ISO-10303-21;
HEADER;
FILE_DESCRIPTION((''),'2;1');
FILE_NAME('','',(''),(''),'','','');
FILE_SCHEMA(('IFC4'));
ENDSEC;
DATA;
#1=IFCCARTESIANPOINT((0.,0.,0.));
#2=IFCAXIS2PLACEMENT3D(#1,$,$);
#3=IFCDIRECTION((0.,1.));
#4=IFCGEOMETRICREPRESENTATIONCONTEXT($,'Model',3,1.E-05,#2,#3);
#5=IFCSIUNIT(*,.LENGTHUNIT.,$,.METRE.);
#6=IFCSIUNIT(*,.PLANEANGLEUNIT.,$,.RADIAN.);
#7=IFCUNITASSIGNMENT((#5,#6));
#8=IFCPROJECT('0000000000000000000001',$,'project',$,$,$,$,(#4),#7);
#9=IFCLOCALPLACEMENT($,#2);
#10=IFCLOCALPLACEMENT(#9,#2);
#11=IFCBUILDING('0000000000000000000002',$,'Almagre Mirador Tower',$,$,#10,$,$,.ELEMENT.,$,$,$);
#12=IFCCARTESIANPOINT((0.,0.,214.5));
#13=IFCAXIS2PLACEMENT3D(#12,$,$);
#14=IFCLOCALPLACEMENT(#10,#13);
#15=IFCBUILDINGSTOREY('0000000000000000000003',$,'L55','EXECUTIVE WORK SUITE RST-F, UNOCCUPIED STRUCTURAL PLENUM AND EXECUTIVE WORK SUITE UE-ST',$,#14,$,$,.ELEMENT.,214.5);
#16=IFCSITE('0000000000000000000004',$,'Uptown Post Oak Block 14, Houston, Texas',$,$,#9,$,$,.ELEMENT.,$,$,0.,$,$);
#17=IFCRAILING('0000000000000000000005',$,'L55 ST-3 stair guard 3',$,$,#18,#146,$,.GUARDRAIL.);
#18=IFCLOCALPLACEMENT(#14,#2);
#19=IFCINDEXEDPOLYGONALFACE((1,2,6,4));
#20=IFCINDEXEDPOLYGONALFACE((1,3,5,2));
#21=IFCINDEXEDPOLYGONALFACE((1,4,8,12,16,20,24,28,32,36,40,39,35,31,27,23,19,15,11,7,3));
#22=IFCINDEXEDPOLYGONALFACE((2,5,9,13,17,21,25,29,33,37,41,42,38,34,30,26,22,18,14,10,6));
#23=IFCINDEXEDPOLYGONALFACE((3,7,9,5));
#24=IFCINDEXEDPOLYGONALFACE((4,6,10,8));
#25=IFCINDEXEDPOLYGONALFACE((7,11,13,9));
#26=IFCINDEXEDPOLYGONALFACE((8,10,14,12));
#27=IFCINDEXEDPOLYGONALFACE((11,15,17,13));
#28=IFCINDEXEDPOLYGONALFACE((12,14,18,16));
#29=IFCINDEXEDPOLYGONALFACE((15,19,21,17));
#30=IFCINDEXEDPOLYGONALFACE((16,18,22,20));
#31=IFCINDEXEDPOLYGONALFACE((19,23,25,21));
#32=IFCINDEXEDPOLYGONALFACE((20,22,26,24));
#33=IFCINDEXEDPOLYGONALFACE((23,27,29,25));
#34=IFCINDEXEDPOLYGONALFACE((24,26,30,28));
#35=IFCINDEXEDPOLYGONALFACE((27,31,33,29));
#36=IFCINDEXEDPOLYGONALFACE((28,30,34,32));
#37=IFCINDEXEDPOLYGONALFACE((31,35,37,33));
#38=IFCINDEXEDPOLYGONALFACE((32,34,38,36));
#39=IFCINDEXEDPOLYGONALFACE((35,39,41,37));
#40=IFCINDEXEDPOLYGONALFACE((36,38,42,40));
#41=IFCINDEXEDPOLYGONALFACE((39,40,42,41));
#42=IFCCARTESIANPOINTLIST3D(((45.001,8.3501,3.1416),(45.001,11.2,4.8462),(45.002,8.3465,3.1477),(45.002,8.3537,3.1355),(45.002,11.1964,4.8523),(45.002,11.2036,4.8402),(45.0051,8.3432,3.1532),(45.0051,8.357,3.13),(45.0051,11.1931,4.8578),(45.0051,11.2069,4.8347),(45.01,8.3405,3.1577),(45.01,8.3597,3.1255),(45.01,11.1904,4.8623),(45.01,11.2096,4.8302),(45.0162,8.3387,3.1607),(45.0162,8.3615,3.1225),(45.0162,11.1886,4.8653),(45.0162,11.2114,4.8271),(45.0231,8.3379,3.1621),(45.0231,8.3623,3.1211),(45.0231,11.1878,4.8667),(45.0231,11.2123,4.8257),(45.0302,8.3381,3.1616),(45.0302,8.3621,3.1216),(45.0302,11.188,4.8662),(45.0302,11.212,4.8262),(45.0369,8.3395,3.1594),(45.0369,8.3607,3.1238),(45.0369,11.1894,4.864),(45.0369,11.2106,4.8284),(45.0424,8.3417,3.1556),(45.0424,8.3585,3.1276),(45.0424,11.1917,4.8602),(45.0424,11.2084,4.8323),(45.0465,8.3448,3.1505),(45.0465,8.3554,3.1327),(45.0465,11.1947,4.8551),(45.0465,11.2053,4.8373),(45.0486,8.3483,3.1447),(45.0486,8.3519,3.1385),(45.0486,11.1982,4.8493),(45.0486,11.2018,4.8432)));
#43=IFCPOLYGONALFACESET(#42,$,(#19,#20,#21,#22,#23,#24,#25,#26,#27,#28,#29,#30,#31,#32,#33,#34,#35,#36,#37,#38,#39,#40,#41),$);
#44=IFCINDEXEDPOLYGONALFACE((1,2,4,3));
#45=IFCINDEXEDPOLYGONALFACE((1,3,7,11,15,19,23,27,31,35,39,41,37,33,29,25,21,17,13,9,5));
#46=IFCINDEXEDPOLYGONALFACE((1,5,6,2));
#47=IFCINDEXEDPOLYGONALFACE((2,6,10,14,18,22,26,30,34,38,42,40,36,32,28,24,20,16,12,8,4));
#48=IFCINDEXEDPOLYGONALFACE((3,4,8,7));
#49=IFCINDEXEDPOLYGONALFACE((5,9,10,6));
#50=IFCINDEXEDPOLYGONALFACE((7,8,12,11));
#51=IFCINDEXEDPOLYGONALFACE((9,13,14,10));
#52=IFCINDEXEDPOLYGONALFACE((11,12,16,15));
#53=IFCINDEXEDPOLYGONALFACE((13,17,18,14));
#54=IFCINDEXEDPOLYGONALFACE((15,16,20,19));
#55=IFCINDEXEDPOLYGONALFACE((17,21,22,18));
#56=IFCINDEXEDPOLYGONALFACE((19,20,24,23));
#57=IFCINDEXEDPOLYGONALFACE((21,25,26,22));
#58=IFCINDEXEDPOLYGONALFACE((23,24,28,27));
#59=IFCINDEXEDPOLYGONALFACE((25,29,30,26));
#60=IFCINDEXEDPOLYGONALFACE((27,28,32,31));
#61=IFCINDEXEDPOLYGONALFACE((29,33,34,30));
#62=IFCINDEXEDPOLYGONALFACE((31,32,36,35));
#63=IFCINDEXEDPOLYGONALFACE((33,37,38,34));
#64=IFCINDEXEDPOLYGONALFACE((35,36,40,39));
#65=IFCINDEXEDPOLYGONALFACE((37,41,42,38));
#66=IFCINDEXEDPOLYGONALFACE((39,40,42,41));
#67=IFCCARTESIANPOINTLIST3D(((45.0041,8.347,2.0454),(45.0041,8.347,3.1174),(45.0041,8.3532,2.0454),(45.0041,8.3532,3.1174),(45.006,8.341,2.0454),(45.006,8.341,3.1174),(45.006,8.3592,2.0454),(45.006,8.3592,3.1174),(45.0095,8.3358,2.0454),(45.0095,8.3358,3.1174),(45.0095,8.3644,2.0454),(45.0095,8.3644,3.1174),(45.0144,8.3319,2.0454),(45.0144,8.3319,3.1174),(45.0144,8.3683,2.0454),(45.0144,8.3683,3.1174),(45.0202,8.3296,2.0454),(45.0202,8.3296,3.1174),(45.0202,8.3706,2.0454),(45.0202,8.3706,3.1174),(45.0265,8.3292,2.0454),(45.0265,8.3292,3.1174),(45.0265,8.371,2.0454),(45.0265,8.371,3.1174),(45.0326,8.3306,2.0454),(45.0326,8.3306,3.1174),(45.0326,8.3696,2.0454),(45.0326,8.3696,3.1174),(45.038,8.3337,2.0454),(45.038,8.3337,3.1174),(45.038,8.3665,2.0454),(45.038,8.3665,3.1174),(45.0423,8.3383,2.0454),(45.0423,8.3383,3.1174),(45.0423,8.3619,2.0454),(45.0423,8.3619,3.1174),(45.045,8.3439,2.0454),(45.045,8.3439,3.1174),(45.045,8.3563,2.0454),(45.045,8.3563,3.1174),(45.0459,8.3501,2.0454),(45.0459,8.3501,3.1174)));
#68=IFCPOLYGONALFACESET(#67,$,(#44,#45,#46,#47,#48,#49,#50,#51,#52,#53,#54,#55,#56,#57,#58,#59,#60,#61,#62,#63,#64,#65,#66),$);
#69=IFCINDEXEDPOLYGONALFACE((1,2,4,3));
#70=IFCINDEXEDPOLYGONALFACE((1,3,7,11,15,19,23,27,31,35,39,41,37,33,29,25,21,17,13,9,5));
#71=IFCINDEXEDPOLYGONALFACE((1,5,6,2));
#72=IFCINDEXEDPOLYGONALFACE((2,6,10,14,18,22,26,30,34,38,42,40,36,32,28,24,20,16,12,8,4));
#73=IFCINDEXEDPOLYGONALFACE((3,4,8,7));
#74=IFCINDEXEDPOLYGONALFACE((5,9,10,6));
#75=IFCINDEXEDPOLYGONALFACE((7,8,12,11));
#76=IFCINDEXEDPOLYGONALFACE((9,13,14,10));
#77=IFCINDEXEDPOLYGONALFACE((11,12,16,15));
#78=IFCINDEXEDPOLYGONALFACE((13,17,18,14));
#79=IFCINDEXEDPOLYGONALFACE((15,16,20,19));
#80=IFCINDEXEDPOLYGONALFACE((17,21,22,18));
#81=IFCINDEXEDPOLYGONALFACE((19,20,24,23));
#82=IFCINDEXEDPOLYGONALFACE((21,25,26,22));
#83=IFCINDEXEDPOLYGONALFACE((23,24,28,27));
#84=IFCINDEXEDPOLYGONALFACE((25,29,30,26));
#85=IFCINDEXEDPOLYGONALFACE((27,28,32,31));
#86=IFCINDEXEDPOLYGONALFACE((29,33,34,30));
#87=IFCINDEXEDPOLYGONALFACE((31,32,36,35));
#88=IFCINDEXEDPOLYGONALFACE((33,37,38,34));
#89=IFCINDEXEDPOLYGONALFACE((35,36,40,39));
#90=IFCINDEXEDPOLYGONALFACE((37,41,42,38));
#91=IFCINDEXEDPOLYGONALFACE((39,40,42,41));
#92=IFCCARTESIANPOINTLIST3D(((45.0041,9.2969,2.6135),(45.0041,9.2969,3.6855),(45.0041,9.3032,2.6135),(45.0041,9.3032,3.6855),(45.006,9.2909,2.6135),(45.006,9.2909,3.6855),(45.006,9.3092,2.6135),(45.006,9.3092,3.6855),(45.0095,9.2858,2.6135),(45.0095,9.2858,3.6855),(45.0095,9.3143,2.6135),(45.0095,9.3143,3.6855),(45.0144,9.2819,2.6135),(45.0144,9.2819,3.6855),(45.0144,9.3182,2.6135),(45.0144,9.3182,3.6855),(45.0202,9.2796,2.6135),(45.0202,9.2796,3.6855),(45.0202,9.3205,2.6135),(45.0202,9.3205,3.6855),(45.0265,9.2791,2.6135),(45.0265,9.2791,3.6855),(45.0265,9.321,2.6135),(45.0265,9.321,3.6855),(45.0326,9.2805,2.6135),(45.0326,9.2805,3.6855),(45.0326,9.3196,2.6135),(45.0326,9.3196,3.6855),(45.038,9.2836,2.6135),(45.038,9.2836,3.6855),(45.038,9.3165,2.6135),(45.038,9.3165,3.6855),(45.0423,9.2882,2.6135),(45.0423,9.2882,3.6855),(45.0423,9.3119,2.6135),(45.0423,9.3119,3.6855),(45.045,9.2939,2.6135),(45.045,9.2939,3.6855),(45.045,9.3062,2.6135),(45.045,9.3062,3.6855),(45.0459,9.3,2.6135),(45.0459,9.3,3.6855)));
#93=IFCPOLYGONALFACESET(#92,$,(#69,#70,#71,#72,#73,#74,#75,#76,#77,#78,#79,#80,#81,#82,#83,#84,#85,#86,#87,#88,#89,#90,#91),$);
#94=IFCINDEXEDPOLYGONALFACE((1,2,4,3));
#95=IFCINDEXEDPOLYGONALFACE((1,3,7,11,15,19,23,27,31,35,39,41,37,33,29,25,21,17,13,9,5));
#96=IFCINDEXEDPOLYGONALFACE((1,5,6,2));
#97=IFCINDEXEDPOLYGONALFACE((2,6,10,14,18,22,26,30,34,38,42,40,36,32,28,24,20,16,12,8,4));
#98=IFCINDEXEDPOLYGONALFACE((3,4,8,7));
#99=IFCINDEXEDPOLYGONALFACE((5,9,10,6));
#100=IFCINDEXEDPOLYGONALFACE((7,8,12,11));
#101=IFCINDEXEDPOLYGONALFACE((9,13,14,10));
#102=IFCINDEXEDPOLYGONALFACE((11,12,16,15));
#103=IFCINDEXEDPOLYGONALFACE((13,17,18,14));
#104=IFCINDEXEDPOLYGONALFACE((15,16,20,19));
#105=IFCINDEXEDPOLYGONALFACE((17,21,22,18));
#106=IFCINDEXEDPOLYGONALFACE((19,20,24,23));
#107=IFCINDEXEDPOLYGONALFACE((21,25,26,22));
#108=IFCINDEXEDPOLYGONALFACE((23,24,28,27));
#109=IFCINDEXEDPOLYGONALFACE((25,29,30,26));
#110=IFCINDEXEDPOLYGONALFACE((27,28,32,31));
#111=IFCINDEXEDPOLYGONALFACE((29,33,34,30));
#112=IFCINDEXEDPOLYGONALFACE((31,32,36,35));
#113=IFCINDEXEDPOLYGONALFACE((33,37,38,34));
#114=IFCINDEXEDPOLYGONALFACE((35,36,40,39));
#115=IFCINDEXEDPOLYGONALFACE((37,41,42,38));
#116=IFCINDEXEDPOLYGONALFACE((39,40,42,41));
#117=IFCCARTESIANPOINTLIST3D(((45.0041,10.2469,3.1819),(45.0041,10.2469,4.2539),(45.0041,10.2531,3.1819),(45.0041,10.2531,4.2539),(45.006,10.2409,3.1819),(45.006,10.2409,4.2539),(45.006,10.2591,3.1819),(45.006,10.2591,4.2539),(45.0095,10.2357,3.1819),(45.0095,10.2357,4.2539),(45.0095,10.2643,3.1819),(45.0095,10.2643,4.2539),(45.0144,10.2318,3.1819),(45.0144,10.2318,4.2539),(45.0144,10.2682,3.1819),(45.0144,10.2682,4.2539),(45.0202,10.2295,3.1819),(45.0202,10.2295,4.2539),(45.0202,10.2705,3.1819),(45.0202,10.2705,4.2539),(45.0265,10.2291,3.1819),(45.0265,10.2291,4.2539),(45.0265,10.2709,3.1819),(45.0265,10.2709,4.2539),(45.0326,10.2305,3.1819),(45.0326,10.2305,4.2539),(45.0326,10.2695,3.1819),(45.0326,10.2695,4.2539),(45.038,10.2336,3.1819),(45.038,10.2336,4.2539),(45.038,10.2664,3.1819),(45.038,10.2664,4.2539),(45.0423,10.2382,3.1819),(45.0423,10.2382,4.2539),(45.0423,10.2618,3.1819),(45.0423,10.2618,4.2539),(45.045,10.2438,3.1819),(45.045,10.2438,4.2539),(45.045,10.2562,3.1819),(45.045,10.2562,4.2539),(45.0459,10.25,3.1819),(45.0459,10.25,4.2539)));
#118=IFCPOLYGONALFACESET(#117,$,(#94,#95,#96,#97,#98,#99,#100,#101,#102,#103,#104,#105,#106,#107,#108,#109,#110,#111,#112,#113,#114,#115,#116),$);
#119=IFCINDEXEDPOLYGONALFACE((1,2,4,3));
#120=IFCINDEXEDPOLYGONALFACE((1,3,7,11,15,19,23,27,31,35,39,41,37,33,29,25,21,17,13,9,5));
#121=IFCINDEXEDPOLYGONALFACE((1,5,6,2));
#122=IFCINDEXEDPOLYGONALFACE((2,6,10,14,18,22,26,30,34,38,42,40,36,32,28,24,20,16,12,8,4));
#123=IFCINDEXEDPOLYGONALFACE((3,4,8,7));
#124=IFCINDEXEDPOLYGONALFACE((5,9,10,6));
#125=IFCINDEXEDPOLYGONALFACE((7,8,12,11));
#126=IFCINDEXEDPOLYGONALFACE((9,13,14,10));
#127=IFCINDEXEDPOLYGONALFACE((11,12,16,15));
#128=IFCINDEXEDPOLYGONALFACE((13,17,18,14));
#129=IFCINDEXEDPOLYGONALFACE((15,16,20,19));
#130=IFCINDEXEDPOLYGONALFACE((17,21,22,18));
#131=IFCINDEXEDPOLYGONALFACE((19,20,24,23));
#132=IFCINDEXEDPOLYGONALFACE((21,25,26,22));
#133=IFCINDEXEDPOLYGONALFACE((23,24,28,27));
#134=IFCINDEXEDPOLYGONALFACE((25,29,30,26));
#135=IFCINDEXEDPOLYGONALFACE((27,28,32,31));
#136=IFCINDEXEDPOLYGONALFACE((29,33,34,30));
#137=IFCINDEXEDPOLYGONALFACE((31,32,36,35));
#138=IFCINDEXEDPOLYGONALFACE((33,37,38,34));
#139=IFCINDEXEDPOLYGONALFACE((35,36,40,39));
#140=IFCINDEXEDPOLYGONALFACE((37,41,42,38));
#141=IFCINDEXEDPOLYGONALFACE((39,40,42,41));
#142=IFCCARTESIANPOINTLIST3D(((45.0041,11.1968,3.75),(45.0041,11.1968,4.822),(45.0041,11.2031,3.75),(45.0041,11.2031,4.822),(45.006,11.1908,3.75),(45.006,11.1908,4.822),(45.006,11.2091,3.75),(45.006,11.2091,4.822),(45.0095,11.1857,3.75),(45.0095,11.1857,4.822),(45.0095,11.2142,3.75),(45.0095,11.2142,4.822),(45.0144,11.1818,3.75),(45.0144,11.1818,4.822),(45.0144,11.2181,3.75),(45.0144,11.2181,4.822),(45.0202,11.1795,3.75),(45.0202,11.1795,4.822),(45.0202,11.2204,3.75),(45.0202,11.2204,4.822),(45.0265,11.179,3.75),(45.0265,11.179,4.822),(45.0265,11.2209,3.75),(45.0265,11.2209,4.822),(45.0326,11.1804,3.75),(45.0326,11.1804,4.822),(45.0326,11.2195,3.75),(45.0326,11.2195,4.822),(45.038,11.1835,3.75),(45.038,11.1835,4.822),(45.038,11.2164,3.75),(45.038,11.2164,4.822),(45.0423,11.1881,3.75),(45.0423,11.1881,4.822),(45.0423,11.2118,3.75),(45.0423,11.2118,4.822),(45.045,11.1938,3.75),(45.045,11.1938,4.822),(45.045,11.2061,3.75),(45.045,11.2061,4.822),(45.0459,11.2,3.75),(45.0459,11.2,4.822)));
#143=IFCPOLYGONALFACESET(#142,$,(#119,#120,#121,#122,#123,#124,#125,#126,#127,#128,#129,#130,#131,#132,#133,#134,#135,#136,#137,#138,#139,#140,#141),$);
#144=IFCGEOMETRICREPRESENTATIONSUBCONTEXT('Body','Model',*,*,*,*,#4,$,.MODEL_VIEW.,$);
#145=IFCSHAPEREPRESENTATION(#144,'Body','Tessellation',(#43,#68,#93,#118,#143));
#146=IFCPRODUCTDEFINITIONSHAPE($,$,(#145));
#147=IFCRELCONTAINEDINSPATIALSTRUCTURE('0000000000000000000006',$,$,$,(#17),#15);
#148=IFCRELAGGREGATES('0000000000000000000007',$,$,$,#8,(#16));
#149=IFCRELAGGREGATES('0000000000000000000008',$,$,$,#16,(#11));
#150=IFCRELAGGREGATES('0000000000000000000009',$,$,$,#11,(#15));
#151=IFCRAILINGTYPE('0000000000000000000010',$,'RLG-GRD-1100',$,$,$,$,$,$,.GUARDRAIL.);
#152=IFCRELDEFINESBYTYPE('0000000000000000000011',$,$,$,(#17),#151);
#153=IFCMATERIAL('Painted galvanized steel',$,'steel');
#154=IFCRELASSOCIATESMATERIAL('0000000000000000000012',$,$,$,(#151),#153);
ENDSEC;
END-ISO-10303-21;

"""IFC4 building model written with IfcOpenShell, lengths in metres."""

from ifc_helpers import new_model, si_unit, direction, frame, origin, origin_2d, place, context, subcontext, project, spatial, circle, extrude, material, type_object, element, save


model = new_model("IFC4")

# Units and contexts
model_context = context("Model", 3, precision=1e-05, world=origin(), true_north=direction((0.0, 1.0)))
body_context = subcontext(model_context, "Body", "Model", "MODEL_VIEW")
ifc_project = project(units=[si_unit("LENGTHUNIT", "METRE"), si_unit("PLANEANGLEUNIT", "RADIAN")], contexts=[model_context])

# Site, building, storey
site_placement = place(None, origin())
site = spatial("IfcSite", under=ifc_project, at=site_placement, Name="Uptown Post Oak Block 14, Houston, Texas", CompositionType="ELEMENT", RefElevation=0.0)
building_placement = place(site_placement, origin())
building = spatial("IfcBuilding", under=site, at=building_placement, Name="Almagre Mirador Tower", CompositionType="ELEMENT")
storey_placement = place(building_placement, frame((0.0, 0.0, 214.5)))
storey = spatial("IfcBuildingStorey", under=building, at=storey_placement, Name="L55", Description="EXECUTIVE WORK SUITE RST-F, UNOCCUPIED STRUCTURAL PLENUM AND EXECUTIVE WORK SUITE UE-ST", CompositionType="ELEMENT", Elevation=214.5)

# Railing
ifc_material_1 = material(Name="Painted galvanized steel", Category="steel")
railing_type_1 = type_object("IfcRailingType", Name="RLG-GRD-1100", PredefinedType="GUARDRAIL", material=ifc_material_1)
railing_1_placement = place(storey_placement, frame((45.0249, 8.3501, 2.0454)))
element("IfcRailing", 1, at=railing_1_placement, inside=storey, type_object=railing_type_1, Name="L55 ST-3 stair guard 3", PredefinedType="GUARDRAIL", context=body_context, shape_type="SweptSolid", body=[
    extrude(circle(Radius=0.0239, at=origin_2d()), frame((0.0, 0.0, 1.0962), z_axis=(0.0, 0.858199, 0.513317), x_axis=(-1.0, 0.0, 0.0)), (0.0, 0.0, 1.0), 3.3208),
    extrude(circle(Radius=0.021, at=origin_2d()), origin(), (0.0, 0.0, 1.0), 1.072),
    extrude(circle(Radius=0.021, at=origin_2d()), frame((0.0, 0.95, 0.5681)), (0.0, 0.0, 1.0), 1.072),
    extrude(circle(Radius=0.021, at=origin_2d()), frame((0.0, 1.8999, 1.1365)), (0.0, 0.0, 1.0), 1.072),
    extrude(circle(Radius=0.021, at=origin_2d()), frame((0.0, 2.8499, 1.7046)), (0.0, 0.0, 1.0), 1.072),
])

save(model, "model.ifc")
